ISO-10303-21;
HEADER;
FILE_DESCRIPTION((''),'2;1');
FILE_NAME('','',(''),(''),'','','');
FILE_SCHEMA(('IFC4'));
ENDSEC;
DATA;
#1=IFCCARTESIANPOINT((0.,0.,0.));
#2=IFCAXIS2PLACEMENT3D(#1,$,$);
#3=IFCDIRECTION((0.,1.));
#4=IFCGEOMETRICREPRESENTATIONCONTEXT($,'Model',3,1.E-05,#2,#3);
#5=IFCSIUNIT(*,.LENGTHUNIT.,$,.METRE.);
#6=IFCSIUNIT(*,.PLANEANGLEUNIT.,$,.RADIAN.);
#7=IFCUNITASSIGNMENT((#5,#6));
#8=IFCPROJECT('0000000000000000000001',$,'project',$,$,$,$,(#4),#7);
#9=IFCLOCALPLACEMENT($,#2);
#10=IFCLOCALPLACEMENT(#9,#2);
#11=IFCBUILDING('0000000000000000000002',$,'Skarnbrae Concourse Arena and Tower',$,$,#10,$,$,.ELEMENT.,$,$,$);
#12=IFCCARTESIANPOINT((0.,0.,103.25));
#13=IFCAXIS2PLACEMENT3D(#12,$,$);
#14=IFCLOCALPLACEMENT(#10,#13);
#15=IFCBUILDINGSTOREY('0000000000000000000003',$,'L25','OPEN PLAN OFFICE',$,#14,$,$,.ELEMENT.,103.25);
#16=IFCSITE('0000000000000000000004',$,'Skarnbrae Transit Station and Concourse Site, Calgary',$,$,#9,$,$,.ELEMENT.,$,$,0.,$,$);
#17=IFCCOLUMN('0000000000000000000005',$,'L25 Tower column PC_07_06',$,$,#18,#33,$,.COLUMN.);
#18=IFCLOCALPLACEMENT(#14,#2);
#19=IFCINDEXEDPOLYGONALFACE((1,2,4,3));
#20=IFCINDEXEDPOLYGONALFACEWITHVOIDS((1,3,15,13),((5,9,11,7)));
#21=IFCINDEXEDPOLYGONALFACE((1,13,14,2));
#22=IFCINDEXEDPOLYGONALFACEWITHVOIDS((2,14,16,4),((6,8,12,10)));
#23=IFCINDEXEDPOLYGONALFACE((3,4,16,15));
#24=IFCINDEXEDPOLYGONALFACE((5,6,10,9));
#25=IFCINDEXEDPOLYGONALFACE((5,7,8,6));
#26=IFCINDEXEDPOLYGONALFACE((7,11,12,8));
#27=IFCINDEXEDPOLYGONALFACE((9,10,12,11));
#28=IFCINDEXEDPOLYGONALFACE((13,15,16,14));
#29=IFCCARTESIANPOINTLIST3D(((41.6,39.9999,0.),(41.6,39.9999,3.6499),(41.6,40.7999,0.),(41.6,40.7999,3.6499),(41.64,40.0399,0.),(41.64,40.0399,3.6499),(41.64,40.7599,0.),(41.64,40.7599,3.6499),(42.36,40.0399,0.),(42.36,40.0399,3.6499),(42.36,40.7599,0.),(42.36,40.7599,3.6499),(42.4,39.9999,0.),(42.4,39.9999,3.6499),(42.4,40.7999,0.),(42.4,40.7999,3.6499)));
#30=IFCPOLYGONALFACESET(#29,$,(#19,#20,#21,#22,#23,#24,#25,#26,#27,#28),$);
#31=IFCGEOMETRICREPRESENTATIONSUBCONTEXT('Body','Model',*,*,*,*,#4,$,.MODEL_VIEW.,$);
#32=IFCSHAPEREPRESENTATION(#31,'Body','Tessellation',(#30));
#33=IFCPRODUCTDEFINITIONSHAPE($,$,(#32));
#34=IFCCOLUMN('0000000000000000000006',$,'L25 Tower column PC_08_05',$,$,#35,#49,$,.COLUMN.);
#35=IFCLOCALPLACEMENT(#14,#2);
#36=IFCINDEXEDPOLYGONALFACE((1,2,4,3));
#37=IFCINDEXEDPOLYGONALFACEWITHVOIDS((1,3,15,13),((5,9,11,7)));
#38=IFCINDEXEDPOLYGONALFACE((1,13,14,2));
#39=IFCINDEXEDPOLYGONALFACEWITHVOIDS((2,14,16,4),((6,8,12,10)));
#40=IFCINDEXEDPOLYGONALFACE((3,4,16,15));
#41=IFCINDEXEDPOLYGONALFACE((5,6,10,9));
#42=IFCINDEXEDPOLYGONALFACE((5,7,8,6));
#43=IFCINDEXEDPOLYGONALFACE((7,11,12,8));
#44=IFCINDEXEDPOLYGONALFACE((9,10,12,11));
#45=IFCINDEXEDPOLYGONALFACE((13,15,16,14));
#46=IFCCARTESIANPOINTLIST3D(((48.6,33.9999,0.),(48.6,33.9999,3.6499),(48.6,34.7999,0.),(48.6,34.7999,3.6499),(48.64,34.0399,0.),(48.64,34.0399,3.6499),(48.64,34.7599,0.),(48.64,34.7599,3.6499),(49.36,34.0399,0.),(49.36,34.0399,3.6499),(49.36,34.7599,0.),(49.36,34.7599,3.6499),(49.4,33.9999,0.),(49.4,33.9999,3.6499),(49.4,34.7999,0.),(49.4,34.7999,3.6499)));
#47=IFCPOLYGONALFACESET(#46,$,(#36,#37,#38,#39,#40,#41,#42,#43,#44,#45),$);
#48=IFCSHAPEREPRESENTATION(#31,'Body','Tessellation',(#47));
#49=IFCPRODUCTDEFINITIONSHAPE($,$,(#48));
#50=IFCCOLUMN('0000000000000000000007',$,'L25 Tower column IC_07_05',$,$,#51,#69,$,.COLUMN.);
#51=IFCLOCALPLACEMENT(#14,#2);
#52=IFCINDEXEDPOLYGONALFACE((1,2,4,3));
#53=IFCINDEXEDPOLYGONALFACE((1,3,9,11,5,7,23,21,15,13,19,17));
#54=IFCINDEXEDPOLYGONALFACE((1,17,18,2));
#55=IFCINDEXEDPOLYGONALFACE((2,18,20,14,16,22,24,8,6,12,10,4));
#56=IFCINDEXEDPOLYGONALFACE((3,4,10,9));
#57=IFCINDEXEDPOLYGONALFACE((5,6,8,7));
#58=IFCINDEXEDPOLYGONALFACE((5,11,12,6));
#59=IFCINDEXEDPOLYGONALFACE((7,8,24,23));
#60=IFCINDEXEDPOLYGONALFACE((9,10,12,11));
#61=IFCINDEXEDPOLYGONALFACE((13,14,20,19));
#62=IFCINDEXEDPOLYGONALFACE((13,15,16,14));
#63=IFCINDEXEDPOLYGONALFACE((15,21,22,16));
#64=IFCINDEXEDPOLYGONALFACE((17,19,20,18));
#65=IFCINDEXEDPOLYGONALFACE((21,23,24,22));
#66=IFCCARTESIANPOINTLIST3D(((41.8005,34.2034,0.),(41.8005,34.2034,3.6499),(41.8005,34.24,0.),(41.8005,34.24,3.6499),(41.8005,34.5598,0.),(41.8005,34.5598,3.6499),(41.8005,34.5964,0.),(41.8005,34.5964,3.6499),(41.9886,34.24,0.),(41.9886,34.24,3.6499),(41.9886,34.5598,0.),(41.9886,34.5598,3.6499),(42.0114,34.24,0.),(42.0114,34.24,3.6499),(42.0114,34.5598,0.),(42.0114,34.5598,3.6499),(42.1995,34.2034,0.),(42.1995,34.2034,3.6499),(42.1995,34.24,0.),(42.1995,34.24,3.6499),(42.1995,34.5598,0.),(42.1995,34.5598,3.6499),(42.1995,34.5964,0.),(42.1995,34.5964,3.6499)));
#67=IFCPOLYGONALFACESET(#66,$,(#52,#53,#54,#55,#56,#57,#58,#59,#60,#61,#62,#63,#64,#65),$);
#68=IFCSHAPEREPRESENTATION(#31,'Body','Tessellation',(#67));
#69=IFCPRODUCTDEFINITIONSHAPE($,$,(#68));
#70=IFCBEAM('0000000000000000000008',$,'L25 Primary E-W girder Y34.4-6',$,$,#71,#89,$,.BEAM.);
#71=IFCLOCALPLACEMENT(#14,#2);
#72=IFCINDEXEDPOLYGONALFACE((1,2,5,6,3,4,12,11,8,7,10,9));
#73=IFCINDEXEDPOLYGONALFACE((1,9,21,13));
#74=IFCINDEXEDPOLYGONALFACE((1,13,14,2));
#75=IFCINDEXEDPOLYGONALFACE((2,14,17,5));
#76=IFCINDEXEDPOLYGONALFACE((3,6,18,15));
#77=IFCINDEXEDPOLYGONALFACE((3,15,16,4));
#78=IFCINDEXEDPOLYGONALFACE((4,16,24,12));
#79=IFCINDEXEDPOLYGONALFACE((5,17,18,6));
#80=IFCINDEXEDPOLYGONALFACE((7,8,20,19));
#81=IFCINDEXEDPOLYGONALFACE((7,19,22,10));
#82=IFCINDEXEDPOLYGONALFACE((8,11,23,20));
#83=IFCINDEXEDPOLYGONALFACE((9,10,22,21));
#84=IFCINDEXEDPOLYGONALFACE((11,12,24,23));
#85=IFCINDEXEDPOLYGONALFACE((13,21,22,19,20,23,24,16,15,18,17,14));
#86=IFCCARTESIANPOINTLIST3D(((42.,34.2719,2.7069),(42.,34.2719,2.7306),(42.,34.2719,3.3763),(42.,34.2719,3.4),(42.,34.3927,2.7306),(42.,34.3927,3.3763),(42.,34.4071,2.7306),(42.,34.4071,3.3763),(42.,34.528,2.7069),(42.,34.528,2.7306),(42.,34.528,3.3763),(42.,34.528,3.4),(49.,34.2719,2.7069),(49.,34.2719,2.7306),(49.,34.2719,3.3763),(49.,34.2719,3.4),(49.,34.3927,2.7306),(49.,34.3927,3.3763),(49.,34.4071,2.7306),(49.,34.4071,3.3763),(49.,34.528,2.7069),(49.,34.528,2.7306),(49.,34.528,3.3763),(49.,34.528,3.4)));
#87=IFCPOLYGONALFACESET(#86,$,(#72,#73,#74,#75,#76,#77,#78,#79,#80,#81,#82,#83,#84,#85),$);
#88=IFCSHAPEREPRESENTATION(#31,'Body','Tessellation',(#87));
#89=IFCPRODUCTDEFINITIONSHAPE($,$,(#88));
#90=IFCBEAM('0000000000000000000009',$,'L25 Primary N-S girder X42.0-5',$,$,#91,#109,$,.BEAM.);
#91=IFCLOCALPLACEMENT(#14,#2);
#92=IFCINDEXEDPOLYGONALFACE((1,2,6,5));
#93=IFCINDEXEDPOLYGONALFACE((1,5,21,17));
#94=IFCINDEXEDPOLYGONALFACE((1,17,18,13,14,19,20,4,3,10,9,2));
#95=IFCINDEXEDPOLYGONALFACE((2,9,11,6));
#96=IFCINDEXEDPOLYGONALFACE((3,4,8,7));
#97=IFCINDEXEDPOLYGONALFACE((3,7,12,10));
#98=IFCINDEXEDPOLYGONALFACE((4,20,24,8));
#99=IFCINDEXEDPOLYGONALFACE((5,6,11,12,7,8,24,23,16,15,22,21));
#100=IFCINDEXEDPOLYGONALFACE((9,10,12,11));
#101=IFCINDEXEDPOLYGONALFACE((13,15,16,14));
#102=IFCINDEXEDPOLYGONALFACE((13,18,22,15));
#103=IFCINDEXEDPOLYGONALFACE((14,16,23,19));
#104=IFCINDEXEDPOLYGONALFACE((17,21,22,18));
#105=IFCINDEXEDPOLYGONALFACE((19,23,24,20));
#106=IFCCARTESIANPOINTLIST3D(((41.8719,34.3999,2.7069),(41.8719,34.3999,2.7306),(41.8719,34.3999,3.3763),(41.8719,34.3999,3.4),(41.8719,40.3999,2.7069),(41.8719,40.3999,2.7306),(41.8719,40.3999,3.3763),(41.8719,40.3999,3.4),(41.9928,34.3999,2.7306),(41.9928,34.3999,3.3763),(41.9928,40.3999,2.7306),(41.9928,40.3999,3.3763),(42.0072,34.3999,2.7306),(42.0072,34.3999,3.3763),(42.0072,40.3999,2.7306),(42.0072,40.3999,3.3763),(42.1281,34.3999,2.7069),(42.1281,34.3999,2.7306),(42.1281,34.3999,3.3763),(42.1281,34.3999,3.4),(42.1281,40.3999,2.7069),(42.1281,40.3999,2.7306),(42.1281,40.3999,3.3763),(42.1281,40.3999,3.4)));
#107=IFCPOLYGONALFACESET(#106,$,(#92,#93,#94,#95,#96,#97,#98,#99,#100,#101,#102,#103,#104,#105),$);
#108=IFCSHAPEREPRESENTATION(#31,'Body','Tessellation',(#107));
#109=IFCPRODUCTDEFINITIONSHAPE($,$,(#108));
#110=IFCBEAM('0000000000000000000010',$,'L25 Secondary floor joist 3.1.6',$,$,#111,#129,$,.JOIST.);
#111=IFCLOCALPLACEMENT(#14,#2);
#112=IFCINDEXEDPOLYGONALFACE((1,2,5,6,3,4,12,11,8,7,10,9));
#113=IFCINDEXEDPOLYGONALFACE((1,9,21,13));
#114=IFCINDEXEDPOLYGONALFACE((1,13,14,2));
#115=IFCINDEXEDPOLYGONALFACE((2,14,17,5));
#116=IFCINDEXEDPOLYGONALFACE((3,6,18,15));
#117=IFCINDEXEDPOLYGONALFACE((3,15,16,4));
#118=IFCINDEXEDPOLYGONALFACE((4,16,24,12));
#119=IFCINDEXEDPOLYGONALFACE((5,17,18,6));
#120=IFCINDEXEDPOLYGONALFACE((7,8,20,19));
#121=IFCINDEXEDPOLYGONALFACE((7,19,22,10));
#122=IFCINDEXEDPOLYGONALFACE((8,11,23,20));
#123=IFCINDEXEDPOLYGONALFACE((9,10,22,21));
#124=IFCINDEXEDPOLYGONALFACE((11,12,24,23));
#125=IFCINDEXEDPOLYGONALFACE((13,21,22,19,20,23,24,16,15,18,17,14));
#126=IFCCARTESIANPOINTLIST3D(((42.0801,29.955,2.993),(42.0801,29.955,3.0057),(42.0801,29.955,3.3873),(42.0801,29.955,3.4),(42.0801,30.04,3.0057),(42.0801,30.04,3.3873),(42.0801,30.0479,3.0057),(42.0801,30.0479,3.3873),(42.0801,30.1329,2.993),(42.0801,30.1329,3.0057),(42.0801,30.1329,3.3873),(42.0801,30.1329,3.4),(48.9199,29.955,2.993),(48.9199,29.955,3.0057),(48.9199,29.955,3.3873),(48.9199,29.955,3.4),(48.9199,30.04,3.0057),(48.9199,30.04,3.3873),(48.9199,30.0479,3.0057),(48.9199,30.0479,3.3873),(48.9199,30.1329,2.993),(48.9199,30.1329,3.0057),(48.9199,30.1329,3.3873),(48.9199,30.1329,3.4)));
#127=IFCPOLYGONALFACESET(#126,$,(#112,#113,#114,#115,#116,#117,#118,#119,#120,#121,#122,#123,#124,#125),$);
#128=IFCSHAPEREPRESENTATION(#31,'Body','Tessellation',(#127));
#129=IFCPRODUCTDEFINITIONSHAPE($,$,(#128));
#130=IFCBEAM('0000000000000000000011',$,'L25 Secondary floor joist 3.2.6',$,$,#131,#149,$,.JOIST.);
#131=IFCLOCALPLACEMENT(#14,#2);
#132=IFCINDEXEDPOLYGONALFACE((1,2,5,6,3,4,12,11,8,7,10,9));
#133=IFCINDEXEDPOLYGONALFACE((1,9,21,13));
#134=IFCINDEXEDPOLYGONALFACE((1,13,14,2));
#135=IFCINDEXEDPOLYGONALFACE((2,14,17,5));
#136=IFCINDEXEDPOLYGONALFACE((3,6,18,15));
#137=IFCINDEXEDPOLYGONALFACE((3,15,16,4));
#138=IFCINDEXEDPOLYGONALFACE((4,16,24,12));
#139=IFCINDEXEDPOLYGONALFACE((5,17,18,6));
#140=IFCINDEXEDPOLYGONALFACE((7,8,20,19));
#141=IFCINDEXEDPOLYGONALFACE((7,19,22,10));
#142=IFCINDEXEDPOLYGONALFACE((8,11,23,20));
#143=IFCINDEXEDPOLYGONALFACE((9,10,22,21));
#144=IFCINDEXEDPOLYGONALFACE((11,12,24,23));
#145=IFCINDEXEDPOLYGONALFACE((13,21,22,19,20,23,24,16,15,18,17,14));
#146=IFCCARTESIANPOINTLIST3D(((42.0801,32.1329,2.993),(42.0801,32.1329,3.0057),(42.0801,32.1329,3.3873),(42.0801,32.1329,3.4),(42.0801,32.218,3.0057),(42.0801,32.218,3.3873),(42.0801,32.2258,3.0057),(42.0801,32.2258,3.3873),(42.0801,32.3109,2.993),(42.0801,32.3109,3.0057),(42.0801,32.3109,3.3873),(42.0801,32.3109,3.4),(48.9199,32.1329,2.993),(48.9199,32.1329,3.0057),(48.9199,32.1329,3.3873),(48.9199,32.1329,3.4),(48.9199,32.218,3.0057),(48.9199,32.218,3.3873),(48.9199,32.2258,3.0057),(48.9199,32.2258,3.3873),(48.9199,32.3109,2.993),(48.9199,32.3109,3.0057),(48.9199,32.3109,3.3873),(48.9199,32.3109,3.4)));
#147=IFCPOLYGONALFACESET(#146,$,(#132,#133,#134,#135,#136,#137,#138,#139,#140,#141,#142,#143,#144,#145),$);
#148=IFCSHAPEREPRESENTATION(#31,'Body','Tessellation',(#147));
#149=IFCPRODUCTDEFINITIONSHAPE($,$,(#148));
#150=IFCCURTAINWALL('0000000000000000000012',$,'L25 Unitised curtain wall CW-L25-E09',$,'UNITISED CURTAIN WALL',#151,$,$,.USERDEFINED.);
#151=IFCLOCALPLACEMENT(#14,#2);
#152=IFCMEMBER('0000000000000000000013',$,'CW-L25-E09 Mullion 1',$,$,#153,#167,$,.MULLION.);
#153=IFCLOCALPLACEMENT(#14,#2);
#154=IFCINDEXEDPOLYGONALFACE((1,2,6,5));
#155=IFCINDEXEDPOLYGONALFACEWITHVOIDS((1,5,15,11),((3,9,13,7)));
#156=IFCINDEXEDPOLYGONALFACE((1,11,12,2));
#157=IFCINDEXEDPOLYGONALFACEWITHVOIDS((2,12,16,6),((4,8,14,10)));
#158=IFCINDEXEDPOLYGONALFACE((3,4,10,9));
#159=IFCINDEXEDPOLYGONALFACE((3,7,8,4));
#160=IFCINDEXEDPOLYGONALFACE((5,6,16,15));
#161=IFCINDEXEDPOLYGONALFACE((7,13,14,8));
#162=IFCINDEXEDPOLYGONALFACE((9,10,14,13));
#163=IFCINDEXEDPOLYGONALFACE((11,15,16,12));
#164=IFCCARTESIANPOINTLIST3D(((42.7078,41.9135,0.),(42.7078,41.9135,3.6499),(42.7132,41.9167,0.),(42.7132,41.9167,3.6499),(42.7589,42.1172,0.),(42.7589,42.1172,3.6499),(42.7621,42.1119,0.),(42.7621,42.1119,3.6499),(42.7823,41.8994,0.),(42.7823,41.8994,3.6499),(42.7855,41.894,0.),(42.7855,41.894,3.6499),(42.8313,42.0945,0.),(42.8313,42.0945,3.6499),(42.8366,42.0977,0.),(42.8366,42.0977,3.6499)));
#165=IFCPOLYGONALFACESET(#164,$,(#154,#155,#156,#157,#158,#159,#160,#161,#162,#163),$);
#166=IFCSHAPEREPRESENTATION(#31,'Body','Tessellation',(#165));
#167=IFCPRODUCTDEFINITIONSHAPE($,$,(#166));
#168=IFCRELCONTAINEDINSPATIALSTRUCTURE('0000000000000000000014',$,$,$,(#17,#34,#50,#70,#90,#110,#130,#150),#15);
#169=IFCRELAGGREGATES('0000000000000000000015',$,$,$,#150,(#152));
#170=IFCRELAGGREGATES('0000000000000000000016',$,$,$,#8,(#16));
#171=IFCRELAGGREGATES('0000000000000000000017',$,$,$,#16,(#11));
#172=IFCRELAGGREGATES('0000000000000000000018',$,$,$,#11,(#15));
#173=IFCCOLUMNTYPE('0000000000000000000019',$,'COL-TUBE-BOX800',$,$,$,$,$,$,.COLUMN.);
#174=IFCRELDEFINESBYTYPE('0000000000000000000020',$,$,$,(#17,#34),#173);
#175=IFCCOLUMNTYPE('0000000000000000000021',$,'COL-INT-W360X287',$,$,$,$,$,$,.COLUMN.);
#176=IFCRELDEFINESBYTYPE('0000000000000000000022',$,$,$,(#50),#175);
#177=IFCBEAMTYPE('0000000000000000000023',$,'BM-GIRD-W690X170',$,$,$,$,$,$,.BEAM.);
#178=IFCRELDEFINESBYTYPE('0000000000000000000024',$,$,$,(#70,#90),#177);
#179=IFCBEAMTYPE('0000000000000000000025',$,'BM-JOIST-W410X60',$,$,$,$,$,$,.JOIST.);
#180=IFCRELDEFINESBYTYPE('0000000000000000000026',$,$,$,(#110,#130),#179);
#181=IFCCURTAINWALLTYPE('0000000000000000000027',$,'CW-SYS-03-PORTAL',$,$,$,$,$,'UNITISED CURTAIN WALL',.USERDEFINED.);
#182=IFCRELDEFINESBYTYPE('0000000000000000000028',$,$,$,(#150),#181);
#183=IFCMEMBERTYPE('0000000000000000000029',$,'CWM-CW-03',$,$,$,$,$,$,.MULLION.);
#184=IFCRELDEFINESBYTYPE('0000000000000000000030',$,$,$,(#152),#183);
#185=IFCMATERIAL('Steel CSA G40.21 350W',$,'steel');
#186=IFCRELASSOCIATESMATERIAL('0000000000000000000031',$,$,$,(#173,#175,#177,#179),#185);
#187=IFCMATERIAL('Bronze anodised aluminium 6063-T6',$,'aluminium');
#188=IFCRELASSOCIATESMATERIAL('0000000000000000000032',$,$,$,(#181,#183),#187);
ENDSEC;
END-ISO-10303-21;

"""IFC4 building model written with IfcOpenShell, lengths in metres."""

from ifc_helpers import new_model, si_unit, direction, frame, origin, origin_2d, place, context, subcontext, project, spatial, hollow_rectangle, i_section, extrude, source, transform, mapped, material, material_profile, profile_set, type_object, element, aggregate, save


model = new_model("IFC4")

# Units and contexts
model_context = context("Model", 3, precision=1e-05, world=origin(), true_north=direction((0.0, 1.0)))
body_context = subcontext(model_context, "Body", "Model", "MODEL_VIEW")
ifc_project = project(units=[si_unit("LENGTHUNIT", "METRE"), si_unit("PLANEANGLEUNIT", "RADIAN")], contexts=[model_context])

# Site, building, storey
site_placement = place(None, origin())
site = spatial("IfcSite", under=ifc_project, at=site_placement, Name="Skarnbrae Transit Station and Concourse Site, Calgary", CompositionType="ELEMENT", RefElevation=0.0)
building_placement = place(site_placement, origin())
building = spatial("IfcBuilding", under=site, at=building_placement, Name="Skarnbrae Concourse Arena and Tower", CompositionType="ELEMENT")
storey_placement = place(building_placement, frame((0.0, 0.0, 103.25)))
storey = spatial("IfcBuildingStorey", under=building, at=storey_placement, Name="L25", Description="OPEN PLAN OFFICE", CompositionType="ELEMENT", Elevation=103.25)

# Columns
ifc_material_1 = material(Name="Steel CSA G40.21 350W", Category="steel")
ifc_material_profile_1 = material_profile(ifc_material_1, hollow_rectangle(XDim=0.8, YDim=0.8, WallThickness=0.04, at=origin_2d()), Name="BOX800X800X40")
ifc_profile_set_1 = profile_set([ifc_material_profile_1], Name="Steel CSA G40.21 350W")
column_type_1 = type_object("IfcColumnType", Name="COL-TUBE-BOX800", PredefinedType="COLUMN", material=ifc_profile_set_1)
shared_shape_1 = source(origin(), body_context, "Body", "SweptSolid", [
    extrude(hollow_rectangle(XDim=0.8, YDim=0.8, WallThickness=0.04, at=origin_2d()), origin(), (0.0, 0.0, 1.0), 3.6499),
])
for number, where, z_axis, x_axis, name in (
    (1, (42.0, 40.3999, 0.0), (0.0, 0.0, 1.0), (1.0, 0.0, 0.0), "L25 Tower column PC_07_06"),
    (2, (49.0, 34.3999, 0.0), (0.0, 0.0, 1.0), (1.0, 0.0, 0.0), "L25 Tower column PC_08_05"),
):
    element("IfcColumn", number, at=place(storey_placement, frame(where, z_axis=z_axis, x_axis=x_axis)), inside=storey, type_object=column_type_1, Name=name, PredefinedType="COLUMN", context=body_context, shape_type="MappedRepresentation", body=[
        mapped(shared_shape_1, transform((0.0, 0.0, 0.0))),
    ])
ifc_material_profile_2 = material_profile(ifc_material_1, i_section(OverallWidth=0.3989, OverallDepth=0.3931, WebThickness=0.0227, FlangeThickness=0.0366, at=origin_2d()), Name="W360X287")
ifc_profile_set_2 = profile_set([ifc_material_profile_2], Name="Steel CSA G40.21 350W")
column_type_2 = type_object("IfcColumnType", Name="COL-INT-W360X287", PredefinedType="COLUMN", material=ifc_profile_set_2)
shared_shape_2 = source(origin(), body_context, "Body", "SweptSolid", [
    extrude(i_section(OverallWidth=0.3989, OverallDepth=0.3931, WebThickness=0.0227, FlangeThickness=0.0366, at=origin_2d()), origin(), (0.0, 0.0, 1.0), 3.6499),
])
column_placement = place(storey_placement, frame((42.0, 34.3999, 0.0), z_axis=(0.0, 0.0, 1.0), x_axis=(1.0, 0.0, 0.0)))
element("IfcColumn", 3, at=column_placement, inside=storey, type_object=column_type_2, Name="L25 Tower column IC_07_05", PredefinedType="COLUMN", context=body_context, shape_type="MappedRepresentation", body=[
    mapped(shared_shape_2, transform((0.0, 0.0, 0.0))),
])

# Beams
ifc_material_profile_3 = material_profile(ifc_material_1, i_section(OverallWidth=0.2561, OverallDepth=0.6931, WebThickness=0.0144, FlangeThickness=0.0237, at=origin_2d()), Name="W690X170")
ifc_profile_set_3 = profile_set([ifc_material_profile_3], Name="Steel CSA G40.21 350W")
beam_type_1 = type_object("IfcBeamType", Name="BM-GIRD-W690X170", PredefinedType="BEAM", material=ifc_profile_set_3)
shared_shape_3 = source(origin(), body_context, "Body", "SweptSolid", [
    extrude(i_section(OverallWidth=0.2561, OverallDepth=0.6931, WebThickness=0.0144, FlangeThickness=0.0237, at=origin_2d()), origin(), (0.0, 0.0, 1.0), 7.0),
])
beam_1_placement = place(storey_placement, frame((42.0, 34.3999, 3.0535), z_axis=(1.0, 0.0, 0.0), x_axis=(0.0, 1.0, 0.0)))
element("IfcBeam", 4, at=beam_1_placement, inside=storey, type_object=beam_type_1, Name="L25 Primary E-W girder Y34.4-6", PredefinedType="BEAM", context=body_context, shape_type="MappedRepresentation", body=[
    mapped(shared_shape_3, transform((0.0, 0.0, 0.0))),
])
shared_shape_4 = source(origin(), body_context, "Body", "SweptSolid", [
    extrude(i_section(OverallWidth=0.2561, OverallDepth=0.6931, WebThickness=0.0144, FlangeThickness=0.0237, at=origin_2d()), origin(), (0.0, 0.0, 1.0), 6.0),
])
beam_2_placement = place(storey_placement, frame((42.0, 34.3999, 3.0535), z_axis=(0.0, 1.0, 0.0), x_axis=(-1.0, 0.0, 0.0)))
element("IfcBeam", 5, at=beam_2_placement, inside=storey, type_object=beam_type_1, Name="L25 Primary N-S girder X42.0-5", PredefinedType="BEAM", context=body_context, shape_type="MappedRepresentation", body=[
    mapped(shared_shape_4, transform((0.0, 0.0, 0.0))),
])
ifc_material_profile_4 = material_profile(ifc_material_1, i_section(OverallWidth=0.178, OverallDepth=0.407, WebThickness=0.0078, FlangeThickness=0.0127, at=origin_2d()), Name="W410X60")
ifc_profile_set_4 = profile_set([ifc_material_profile_4], Name="Steel CSA G40.21 350W")
beam_type_2 = type_object("IfcBeamType", Name="BM-JOIST-W410X60", PredefinedType="JOIST", material=ifc_profile_set_4)
shared_shape_5 = source(origin(), body_context, "Body", "SweptSolid", [
    extrude(i_section(OverallWidth=0.178, OverallDepth=0.407, WebThickness=0.0078, FlangeThickness=0.0127, at=origin_2d()), origin(), (0.0, 0.0, 1.0), 6.8398),
])
for number, where, z_axis, x_axis, name in (
    (6, (42.0801, 30.0439, 3.1965), (1.0, 0.0, 0.0), (0.0, 1.0, 0.0), "L25 Secondary floor joist 3.1.6"),
    (7, (42.0801, 32.2219, 3.1965), (1.0, 0.0, 0.0), (0.0, 1.0, 0.0), "L25 Secondary floor joist 3.2.6"),
):
    element("IfcBeam", number, at=place(storey_placement, frame(where, z_axis=z_axis, x_axis=x_axis)), inside=storey, type_object=beam_type_2, Name=name, PredefinedType="JOIST", context=body_context, shape_type="MappedRepresentation", body=[
        mapped(shared_shape_5, transform((0.0, 0.0, 0.0))),
    ])

# Curtain wall, member
ifc_material_2 = material(Name="Bronze anodised aluminium 6063-T6", Category="aluminium")
curtain_wall_type_1 = type_object("IfcCurtainWallType", Name="CW-SYS-03-PORTAL", ElementType="UNITISED CURTAIN WALL", PredefinedType="USERDEFINED", material=ifc_material_2)
curtain_wall_1_placement = place(storey_placement, origin())
curtain_wall_1 = element("IfcCurtainWall", 8, at=curtain_wall_1_placement, inside=storey, type_object=curtain_wall_type_1, Name="L25 Unitised curtain wall CW-L25-E09", ObjectType="UNITISED CURTAIN WALL", PredefinedType="USERDEFINED")
ifc_material_profile_5 = material_profile(ifc_material_2, hollow_rectangle(XDim=0.0801, YDim=0.21, WallThickness=0.0044, at=origin_2d()), Name="ALU-MULL-80X210")
ifc_profile_set_5 = profile_set([ifc_material_profile_5], Name="Bronze anodised aluminium 6063-T6")
member_type_1 = type_object("IfcMemberType", Name="CWM-CW-03", PredefinedType="MULLION", material=ifc_profile_set_5)
shared_shape_6 = source(origin(), body_context, "Body", "SweptSolid", [
    extrude(hollow_rectangle(XDim=0.0801, YDim=0.21, WallThickness=0.0044, at=origin_2d()), origin(), (0.0, 0.0, 1.0), 3.6499),
])
member_1_placement = place(storey_placement, frame((42.7722, 42.0056, 0.0), z_axis=(0.0, 0.0, 1.0), x_axis=(-0.969903, 0.243491, 0.0)))
member_1 = element("IfcMember", 9, at=member_1_placement, type_object=member_type_1, Name="CW-L25-E09 Mullion 1", PredefinedType="MULLION", context=body_context, shape_type="MappedRepresentation", body=[
    mapped(shared_shape_6, transform((0.0, 0.0, 0.0))),
])

aggregate(curtain_wall_1, [member_1])

save(model, "model.ifc")
